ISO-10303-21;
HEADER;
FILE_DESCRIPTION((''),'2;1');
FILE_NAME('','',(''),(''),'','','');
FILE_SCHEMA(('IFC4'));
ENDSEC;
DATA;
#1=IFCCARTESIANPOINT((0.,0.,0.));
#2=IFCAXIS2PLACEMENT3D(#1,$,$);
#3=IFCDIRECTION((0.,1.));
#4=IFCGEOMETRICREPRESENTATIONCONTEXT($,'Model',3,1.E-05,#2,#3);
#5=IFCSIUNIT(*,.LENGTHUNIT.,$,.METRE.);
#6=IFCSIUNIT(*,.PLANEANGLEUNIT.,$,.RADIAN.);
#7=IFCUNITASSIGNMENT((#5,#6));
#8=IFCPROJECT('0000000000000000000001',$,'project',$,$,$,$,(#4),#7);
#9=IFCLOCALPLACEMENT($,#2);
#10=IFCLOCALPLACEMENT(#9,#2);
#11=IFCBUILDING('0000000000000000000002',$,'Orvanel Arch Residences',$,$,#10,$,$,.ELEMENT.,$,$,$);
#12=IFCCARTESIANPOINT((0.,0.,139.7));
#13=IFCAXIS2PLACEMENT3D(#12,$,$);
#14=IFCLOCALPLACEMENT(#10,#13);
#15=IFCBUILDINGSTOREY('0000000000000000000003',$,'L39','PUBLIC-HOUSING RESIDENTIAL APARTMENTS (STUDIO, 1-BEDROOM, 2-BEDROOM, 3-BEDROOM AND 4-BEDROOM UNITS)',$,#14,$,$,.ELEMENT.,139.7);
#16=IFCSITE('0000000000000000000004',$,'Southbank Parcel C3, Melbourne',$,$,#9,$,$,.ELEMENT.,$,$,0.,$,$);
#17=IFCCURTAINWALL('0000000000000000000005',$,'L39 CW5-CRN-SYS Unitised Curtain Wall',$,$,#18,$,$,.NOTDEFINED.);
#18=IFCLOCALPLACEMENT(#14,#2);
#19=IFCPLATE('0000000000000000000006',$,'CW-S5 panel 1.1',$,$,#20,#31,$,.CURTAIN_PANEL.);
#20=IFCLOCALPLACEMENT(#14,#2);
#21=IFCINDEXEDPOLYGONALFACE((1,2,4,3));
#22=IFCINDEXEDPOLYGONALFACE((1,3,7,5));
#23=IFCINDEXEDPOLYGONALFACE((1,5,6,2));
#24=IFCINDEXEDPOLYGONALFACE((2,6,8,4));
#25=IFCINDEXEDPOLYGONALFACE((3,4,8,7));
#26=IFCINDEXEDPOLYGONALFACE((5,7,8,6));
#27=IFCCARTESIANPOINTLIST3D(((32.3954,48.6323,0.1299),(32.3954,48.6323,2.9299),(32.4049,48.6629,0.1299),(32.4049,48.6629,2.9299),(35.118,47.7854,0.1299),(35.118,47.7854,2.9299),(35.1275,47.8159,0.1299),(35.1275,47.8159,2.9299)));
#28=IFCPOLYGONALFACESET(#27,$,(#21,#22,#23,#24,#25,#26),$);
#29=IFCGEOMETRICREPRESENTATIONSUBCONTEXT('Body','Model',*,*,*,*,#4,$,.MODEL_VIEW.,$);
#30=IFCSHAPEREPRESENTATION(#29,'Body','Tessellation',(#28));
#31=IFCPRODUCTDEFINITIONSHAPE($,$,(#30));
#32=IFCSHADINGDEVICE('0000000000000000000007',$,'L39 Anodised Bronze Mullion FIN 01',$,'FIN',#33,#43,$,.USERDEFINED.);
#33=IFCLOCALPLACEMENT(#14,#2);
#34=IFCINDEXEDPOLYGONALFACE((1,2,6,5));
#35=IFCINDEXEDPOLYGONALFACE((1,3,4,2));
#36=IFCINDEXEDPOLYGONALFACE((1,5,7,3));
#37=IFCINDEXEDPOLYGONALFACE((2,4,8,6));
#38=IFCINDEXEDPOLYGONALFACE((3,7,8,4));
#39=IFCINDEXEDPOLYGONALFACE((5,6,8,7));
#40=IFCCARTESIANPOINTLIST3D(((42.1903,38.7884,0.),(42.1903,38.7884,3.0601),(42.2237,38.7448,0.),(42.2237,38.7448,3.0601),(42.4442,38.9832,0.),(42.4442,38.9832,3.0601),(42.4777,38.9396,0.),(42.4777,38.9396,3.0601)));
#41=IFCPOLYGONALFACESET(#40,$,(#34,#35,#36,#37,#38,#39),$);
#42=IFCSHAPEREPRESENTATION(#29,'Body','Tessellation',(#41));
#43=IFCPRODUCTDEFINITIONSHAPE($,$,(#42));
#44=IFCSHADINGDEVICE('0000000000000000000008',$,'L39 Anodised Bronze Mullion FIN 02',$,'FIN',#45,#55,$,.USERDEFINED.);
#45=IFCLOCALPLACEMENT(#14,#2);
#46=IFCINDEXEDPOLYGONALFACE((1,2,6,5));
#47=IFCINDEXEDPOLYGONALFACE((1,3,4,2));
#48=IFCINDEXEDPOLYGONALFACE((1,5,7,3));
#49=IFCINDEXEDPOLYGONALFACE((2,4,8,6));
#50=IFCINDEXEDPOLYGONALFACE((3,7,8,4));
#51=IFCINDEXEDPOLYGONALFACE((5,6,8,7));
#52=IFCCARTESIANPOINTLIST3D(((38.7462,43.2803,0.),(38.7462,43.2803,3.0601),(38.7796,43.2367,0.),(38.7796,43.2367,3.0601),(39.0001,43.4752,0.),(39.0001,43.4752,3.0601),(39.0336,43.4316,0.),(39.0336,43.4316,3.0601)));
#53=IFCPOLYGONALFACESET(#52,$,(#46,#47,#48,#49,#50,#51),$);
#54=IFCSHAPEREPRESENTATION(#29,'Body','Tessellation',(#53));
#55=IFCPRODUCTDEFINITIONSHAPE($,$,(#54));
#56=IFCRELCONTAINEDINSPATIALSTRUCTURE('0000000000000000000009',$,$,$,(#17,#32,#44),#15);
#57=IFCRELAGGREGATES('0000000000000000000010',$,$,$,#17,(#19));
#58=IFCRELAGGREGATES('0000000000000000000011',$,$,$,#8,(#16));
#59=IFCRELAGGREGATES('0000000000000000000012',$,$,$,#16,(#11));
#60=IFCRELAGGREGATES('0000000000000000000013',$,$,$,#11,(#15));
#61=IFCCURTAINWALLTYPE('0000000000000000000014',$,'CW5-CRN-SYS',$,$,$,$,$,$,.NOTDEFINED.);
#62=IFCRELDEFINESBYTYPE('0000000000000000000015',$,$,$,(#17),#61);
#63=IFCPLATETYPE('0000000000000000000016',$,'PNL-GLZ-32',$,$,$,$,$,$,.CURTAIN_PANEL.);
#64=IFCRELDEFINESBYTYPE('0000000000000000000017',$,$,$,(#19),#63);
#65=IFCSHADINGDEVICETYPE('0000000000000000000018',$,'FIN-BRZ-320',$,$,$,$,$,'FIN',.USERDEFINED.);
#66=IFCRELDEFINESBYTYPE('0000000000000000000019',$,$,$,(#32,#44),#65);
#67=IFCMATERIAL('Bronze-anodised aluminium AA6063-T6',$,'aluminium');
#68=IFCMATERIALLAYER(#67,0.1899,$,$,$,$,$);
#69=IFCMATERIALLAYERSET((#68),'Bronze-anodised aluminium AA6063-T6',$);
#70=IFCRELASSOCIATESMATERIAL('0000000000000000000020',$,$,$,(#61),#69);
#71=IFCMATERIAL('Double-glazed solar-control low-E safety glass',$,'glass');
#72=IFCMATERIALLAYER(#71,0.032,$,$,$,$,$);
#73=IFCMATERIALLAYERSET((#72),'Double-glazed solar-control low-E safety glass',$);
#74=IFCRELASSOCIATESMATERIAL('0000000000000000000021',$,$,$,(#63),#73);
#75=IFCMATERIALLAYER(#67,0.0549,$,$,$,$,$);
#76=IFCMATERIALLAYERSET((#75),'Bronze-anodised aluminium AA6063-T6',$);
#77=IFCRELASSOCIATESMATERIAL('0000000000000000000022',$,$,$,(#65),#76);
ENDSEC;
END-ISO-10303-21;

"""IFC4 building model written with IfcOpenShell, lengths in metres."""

from ifc_helpers import new_model, si_unit, direction, frame, origin, origin_2d, place, context, subcontext, project, spatial, rectangle, extrude, material, layer, layer_set, type_object, element, aggregate, save


model = new_model("IFC4")

# Units and contexts
model_context = context("Model", 3, precision=1e-05, world=origin(), true_north=direction((0.0, 1.0)))
body_context = subcontext(model_context, "Body", "Model", "MODEL_VIEW")
ifc_project = project(units=[si_unit("LENGTHUNIT", "METRE"), si_unit("PLANEANGLEUNIT", "RADIAN")], contexts=[model_context])

# Site, building, storey
site_placement = place(None, origin())
site = spatial("IfcSite", under=ifc_project, at=site_placement, Name="Southbank Parcel C3, Melbourne", CompositionType="ELEMENT", RefElevation=0.0)
building_placement = place(site_placement, origin())
building = spatial("IfcBuilding", under=site, at=building_placement, Name="Orvanel Arch Residences", CompositionType="ELEMENT")
storey_placement = place(building_placement, frame((0.0, 0.0, 139.7)))
storey = spatial("IfcBuildingStorey", under=building, at=storey_placement, Name="L39", Description="PUBLIC-HOUSING RESIDENTIAL APARTMENTS (STUDIO, 1-BEDROOM, 2-BEDROOM, 3-BEDROOM AND 4-BEDROOM UNITS)", CompositionType="ELEMENT", Elevation=139.7)

# Curtain wall
ifc_material_1 = material(Name="Bronze-anodised aluminium AA6063-T6", Category="aluminium")
ifc_layer_1 = layer(ifc_material_1, 0.1899)
ifc_layer_set_1 = layer_set([ifc_layer_1], Name="Bronze-anodised aluminium AA6063-T6")
curtain_wall_type_1 = type_object("IfcCurtainWallType", Name="CW5-CRN-SYS", PredefinedType="NOTDEFINED", material=ifc_layer_set_1)
curtain_wall_1_placement = place(storey_placement, origin())
curtain_wall_1 = element("IfcCurtainWall", 1, at=curtain_wall_1_placement, inside=storey, type_object=curtain_wall_type_1, Name="L39 CW5-CRN-SYS Unitised Curtain Wall", PredefinedType="NOTDEFINED")

# Plate
ifc_material_2 = material(Name="Double-glazed solar-control low-E safety glass", Category="glass")
ifc_layer_2 = layer(ifc_material_2, 0.032)
ifc_layer_set_2 = layer_set([ifc_layer_2], Name="Double-glazed solar-control low-E safety glass")
plate_type_1 = type_object("IfcPlateType", Name="PNL-GLZ-32", PredefinedType="CURTAIN_PANEL", material=ifc_layer_set_2)
plate_1_placement = place(storey_placement, frame((33.7615, 48.2241, 0.1299), z_axis=(0.0, 0.0, 1.0), x_axis=(-0.954869, 0.297028, 0.0)))
plate_1 = element("IfcPlate", 2, at=plate_1_placement, type_object=plate_type_1, Name="CW-S5 panel 1.1", PredefinedType="CURTAIN_PANEL", context=body_context, shape_type="SweptSolid", body=[
    extrude(rectangle(XDim=2.8513, YDim=0.032, at=origin_2d()), origin(), (0.0, 0.0, 1.0), 2.8),
])
aggregate(curtain_wall_1, [plate_1])

# Shading devices
ifc_layer_3 = layer(ifc_material_1, 0.0549)
ifc_layer_set_3 = layer_set([ifc_layer_3], Name="Bronze-anodised aluminium AA6063-T6")
shading_device_type = type_object("IfcShadingDeviceType", Name="FIN-BRZ-320", ElementType="FIN", PredefinedType="USERDEFINED", material=ifc_layer_set_3)
for number, where, z_axis, x_axis, name in (
    (3, (42.334, 38.864, 0.0), (0.0, 0.0, 1.0), (0.793353, 0.608761, 0.0), "L39 Anodised Bronze Mullion FIN 01"),
    (4, (38.8899, 43.356, 0.0), (0.0, 0.0, 1.0), (0.793353, 0.608761, 0.0), "L39 Anodised Bronze Mullion FIN 02"),
):
    element("IfcShadingDevice", number, at=place(storey_placement, frame(where, z_axis=z_axis, x_axis=x_axis)), inside=storey, type_object=shading_device_type, Name=name, ObjectType="FIN", PredefinedType="USERDEFINED", context=body_context, shape_type="SweptSolid", body=[
        extrude(rectangle(XDim=0.3201, YDim=0.0549, at=origin_2d()), origin(), (0.0, 0.0, 1.0), 3.0601),
    ])

save(model, "model.ifc")
